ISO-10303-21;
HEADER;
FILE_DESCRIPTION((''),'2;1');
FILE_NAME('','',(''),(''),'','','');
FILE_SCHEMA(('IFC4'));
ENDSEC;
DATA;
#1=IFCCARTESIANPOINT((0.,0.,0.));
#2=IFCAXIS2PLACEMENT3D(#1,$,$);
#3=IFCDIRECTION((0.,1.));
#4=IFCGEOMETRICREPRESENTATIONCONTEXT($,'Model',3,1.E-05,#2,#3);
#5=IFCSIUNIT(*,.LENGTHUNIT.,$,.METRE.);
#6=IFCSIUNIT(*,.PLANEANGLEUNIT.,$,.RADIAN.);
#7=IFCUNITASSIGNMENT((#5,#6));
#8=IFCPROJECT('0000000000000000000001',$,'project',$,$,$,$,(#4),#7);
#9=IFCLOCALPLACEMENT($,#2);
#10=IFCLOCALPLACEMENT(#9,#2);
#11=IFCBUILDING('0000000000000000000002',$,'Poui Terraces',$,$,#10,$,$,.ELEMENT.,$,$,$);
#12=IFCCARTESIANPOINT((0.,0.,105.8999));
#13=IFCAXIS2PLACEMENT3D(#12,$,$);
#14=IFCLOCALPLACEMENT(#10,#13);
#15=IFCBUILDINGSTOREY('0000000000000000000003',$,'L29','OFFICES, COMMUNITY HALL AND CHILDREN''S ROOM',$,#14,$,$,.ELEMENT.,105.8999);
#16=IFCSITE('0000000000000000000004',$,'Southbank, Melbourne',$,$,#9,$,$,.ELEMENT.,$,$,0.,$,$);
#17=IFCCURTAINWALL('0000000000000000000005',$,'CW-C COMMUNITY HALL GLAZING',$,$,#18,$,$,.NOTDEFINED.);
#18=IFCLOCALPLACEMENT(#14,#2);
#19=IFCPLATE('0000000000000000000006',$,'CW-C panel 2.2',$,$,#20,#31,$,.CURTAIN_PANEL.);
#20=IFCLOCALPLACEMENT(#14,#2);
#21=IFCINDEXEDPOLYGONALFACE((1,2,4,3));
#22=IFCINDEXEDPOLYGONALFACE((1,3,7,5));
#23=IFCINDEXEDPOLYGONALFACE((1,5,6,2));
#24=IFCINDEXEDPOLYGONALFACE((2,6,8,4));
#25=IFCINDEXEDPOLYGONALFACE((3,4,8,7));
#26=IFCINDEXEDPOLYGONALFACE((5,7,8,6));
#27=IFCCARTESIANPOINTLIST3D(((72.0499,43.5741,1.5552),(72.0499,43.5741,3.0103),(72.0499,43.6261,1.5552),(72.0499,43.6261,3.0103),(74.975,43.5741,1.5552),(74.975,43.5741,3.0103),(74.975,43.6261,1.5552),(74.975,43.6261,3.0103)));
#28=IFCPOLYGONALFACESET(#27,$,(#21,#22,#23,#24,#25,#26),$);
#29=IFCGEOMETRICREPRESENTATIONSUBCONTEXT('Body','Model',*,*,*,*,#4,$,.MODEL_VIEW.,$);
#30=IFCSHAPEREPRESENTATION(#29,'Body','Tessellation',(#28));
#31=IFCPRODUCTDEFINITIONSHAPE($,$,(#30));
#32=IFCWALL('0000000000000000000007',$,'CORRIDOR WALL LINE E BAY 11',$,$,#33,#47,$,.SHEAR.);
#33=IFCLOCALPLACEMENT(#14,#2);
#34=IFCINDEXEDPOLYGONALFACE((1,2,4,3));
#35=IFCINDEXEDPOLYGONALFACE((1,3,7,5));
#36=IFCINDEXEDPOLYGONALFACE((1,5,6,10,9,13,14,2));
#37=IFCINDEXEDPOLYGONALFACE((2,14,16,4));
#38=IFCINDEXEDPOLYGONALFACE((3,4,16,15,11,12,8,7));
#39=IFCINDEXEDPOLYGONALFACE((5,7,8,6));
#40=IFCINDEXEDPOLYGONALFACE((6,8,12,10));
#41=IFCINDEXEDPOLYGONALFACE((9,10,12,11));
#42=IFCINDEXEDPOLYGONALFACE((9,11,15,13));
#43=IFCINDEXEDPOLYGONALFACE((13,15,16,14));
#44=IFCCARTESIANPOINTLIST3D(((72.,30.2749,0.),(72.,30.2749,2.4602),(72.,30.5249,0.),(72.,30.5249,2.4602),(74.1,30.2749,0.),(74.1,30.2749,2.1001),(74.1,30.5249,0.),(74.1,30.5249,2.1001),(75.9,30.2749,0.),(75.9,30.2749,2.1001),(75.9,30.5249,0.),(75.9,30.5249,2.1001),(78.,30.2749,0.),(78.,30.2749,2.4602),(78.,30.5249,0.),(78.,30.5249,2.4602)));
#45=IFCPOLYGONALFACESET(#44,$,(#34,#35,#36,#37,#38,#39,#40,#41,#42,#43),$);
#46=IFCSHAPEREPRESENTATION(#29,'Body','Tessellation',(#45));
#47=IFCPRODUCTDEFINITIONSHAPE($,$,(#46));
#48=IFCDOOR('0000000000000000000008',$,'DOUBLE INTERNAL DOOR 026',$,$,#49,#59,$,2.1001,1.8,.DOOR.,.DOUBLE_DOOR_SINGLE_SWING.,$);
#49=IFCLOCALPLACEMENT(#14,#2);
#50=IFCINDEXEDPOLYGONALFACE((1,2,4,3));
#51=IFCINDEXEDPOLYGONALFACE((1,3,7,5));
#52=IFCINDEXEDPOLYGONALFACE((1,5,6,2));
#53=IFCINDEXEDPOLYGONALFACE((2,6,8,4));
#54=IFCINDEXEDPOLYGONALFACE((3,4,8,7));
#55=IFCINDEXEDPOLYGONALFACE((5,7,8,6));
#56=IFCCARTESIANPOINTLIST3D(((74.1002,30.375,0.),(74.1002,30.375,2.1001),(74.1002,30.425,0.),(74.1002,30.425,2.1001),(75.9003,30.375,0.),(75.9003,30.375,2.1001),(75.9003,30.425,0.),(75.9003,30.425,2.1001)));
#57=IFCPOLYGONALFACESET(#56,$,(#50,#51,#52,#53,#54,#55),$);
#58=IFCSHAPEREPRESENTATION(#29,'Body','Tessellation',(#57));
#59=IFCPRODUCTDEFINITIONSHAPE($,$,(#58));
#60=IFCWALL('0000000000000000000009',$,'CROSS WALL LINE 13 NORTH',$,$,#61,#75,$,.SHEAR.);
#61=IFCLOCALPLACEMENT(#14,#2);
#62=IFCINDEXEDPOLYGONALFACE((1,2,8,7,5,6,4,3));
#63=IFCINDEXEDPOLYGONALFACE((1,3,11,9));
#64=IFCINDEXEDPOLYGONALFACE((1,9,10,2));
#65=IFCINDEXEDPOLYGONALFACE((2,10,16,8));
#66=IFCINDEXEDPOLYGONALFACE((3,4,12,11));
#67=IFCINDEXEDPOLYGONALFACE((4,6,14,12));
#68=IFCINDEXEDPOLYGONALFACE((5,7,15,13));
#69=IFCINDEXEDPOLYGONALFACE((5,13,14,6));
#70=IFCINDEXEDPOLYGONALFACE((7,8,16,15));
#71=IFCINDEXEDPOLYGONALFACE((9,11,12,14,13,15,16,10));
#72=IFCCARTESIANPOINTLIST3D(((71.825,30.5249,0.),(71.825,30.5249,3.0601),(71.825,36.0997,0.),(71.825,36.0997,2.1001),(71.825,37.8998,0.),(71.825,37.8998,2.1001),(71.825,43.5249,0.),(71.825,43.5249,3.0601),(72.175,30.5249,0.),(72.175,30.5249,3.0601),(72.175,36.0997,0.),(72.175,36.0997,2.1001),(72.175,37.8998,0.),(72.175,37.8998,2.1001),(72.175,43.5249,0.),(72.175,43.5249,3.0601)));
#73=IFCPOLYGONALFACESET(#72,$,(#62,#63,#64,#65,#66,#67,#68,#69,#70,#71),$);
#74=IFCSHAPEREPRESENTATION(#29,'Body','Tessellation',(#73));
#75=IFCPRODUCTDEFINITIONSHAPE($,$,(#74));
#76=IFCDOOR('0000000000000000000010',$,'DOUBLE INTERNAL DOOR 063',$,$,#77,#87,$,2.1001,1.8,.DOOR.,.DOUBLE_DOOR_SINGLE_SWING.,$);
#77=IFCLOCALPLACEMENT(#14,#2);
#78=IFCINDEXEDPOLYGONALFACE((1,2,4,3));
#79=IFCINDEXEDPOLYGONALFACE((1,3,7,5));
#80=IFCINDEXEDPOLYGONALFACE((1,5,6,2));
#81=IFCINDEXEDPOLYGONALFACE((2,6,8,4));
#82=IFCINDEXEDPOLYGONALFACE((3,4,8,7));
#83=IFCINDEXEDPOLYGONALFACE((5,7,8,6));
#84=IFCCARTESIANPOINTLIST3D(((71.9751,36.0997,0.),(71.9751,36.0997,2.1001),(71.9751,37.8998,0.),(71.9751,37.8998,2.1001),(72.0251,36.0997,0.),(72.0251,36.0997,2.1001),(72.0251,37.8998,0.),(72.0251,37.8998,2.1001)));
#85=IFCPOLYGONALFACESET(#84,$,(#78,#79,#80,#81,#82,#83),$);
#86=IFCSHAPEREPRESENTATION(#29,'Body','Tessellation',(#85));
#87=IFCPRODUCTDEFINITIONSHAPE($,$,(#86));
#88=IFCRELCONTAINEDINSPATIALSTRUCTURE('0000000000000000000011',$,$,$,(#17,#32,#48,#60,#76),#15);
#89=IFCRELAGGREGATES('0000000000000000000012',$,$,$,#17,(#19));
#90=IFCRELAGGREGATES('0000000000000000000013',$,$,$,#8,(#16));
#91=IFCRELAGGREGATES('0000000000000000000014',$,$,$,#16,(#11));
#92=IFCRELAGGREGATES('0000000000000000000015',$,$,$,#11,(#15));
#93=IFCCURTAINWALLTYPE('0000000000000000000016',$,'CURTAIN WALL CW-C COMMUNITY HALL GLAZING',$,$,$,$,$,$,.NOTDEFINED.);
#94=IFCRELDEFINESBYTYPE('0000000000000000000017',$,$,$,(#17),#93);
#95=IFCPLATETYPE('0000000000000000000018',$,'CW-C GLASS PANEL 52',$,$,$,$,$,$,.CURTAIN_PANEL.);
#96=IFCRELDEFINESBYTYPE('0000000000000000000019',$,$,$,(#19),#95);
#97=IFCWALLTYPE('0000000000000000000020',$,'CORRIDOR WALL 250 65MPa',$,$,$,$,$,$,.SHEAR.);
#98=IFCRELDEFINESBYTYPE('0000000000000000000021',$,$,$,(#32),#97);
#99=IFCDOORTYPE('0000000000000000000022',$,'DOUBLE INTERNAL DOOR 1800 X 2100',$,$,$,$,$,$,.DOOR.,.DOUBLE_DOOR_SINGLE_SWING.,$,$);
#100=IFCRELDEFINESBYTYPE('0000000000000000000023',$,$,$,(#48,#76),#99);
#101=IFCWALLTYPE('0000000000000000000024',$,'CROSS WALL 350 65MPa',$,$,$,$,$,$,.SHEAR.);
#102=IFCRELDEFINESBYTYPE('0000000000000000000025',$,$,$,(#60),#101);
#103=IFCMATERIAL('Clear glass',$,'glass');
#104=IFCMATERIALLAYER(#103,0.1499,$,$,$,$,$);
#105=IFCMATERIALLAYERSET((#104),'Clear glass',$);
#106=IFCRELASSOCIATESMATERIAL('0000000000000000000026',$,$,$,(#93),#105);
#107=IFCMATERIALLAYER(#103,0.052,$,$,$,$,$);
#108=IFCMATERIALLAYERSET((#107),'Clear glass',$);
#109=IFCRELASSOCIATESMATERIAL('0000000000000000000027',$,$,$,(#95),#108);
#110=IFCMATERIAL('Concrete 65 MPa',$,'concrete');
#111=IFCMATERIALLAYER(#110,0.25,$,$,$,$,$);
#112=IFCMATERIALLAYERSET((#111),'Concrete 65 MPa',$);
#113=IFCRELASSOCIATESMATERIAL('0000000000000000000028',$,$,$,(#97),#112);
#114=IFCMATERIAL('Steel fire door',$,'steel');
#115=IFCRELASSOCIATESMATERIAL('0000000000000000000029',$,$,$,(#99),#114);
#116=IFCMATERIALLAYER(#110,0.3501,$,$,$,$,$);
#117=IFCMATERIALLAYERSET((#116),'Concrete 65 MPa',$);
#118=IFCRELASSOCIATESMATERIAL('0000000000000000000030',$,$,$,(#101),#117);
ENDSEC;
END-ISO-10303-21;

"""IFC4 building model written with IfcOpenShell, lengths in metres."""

from ifc_helpers import new_model, si_unit, direction, frame, frame_2d, origin, origin_2d, place, context, subcontext, project, spatial, rectangle, extrude, material, layer, layer_set, type_object, element, fill, aggregate, save


model = new_model("IFC4")

# Units and contexts
model_context = context("Model", 3, precision=1e-05, world=origin(), true_north=direction((0.0, 1.0)))
body_context = subcontext(model_context, "Body", "Model", "MODEL_VIEW")
ifc_project = project(units=[si_unit("LENGTHUNIT", "METRE"), si_unit("PLANEANGLEUNIT", "RADIAN")], contexts=[model_context])

# Site, building, storey
site_placement = place(None, origin())
site = spatial("IfcSite", under=ifc_project, at=site_placement, Name="Southbank, Melbourne", CompositionType="ELEMENT", RefElevation=0.0)
building_placement = place(site_placement, origin())
building = spatial("IfcBuilding", under=site, at=building_placement, Name="Poui Terraces", CompositionType="ELEMENT")
storey_placement = place(building_placement, frame((0.0, 0.0, 105.8999)))
storey = spatial("IfcBuildingStorey", under=building, at=storey_placement, Name="L29", Description="OFFICES, COMMUNITY HALL AND CHILDREN'S ROOM", CompositionType="ELEMENT", Elevation=105.8999)

# Shared definitions
ifc_material_1 = material(Name="Clear glass", Category="glass")
ifc_layer_1 = layer(ifc_material_1, 0.1499)
ifc_layer_set_1 = layer_set([ifc_layer_1], Name="Clear glass")
curtain_wall_type = type_object("IfcCurtainWallType", Name="CURTAIN WALL CW-C COMMUNITY HALL GLAZING", PredefinedType="NOTDEFINED", material=ifc_layer_set_1)

# Curtain wall
curtain_wall_1_placement = place(storey_placement, origin())
curtain_wall_1 = element("IfcCurtainWall", 1, at=curtain_wall_1_placement, inside=storey, type_object=curtain_wall_type, Name="CW-C COMMUNITY HALL GLAZING", PredefinedType="NOTDEFINED")

# Shared definitions
ifc_material_2 = material(Name="Concrete 65 MPa", Category="concrete")

# Plate
ifc_layer_2 = layer(ifc_material_1, 0.052)
ifc_layer_set_2 = layer_set([ifc_layer_2], Name="Clear glass")
plate_type = type_object("IfcPlateType", Name="CW-C GLASS PANEL 52", PredefinedType="CURTAIN_PANEL", material=ifc_layer_set_2)
plate_1_placement = place(storey_placement, frame((73.5125, 43.6001, 1.5552), z_axis=(0.0, 0.0, 1.0), x_axis=(-1.0, 0.0, 0.0)))
plate_1 = element("IfcPlate", 2, at=plate_1_placement, type_object=plate_type, Name="CW-C panel 2.2", PredefinedType="CURTAIN_PANEL", context=body_context, shape_type="SweptSolid", body=[
    extrude(rectangle(XDim=2.925, YDim=0.052, at=origin_2d()), origin(), (0.0, 0.0, 1.0), 1.4551),
])
aggregate(curtain_wall_1, [plate_1])

# Walls, openings, doors
ifc_layer_3 = layer(ifc_material_2, 0.25)
ifc_layer_set_3 = layer_set([ifc_layer_3], Name="Concrete 65 MPa")
wall_type_1 = type_object("IfcWallType", Name="CORRIDOR WALL 250 65MPa", PredefinedType="SHEAR", material=ifc_layer_set_3)
wall_1_placement = place(storey_placement, frame((72.0, 30.3999, 0.0), z_axis=(0.0, 0.0, 1.0), x_axis=(1.0, 0.0, 0.0)))
wall_1 = element("IfcWall", 3, at=wall_1_placement, inside=storey, type_object=wall_type_1, Name="CORRIDOR WALL LINE E BAY 11", PredefinedType="SHEAR", context=body_context, shape_type="SweptSolid", body=[
    extrude(rectangle(XDim=6.0, YDim=0.25, at=frame_2d((3.0, 0.0))), origin(), (0.0, 0.0, 1.0), 2.4602),
])
opening_1_placement = place(wall_1_placement, frame((2.1001, 0.0, 0.0)))
opening_1 = element("IfcOpeningElement", 4, at=opening_1_placement, cuts=wall_1, PredefinedType="OPENING", context=body_context, shape_type="SweptSolid", body=[
    extrude(rectangle(XDim=1.8, YDim=2.1001, at=frame_2d((0.8999, 1.05))), frame((0.0, 0.135, 0.0), z_axis=(0.0, -1.0, 0.0), x_axis=(1.0, 0.0, 0.0)), (0.0, 0.0, 1.0), 0.27),
])
ifc_material_3 = material(Name="Steel fire door", Category="steel")
door_type = type_object("IfcDoorType", Name="DOUBLE INTERNAL DOOR 1800 X 2100", OperationType="DOUBLE_DOOR_SINGLE_SWING", PredefinedType="DOOR", material=ifc_material_3)
door_1_placement = place(opening_1_placement, frame((1.8, 0.0, 0.0), z_axis=(0.0, 0.0, 1.0), x_axis=(-1.0, 0.0, 0.0)))
door_1 = element("IfcDoor", 5, at=door_1_placement, inside=storey, type_object=door_type, Name="DOUBLE INTERNAL DOOR 026", OperationType="DOUBLE_DOOR_SINGLE_SWING", OverallHeight=2.1001, OverallWidth=1.8, PredefinedType="DOOR", context=body_context, shape_type="SweptSolid", body=[
    extrude(rectangle(XDim=1.8, YDim=2.1001, at=frame_2d((0.8999, 1.05))), frame((0.0, 0.0249, 0.0), z_axis=(0.0, -1.0, 0.0), x_axis=(1.0, 0.0, 0.0)), (0.0, 0.0, 1.0), 0.05),
])
fill(opening_1, door_1)
ifc_layer_4 = layer(ifc_material_2, 0.3501)
ifc_layer_set_4 = layer_set([ifc_layer_4], Name="Concrete 65 MPa")
wall_type_2 = type_object("IfcWallType", Name="CROSS WALL 350 65MPa", PredefinedType="SHEAR", material=ifc_layer_set_4)
wall_2_placement = place(storey_placement, frame((72.0, 30.5249, 0.0), z_axis=(0.0, 0.0, 1.0), x_axis=(0.0, 1.0, 0.0)))
wall_2 = element("IfcWall", 6, at=wall_2_placement, inside=storey, type_object=wall_type_2, Name="CROSS WALL LINE 13 NORTH", PredefinedType="SHEAR", context=body_context, shape_type="SweptSolid", body=[
    extrude(rectangle(XDim=13.0, YDim=0.3501, at=frame_2d((6.5, 0.0))), origin(), (0.0, 0.0, 1.0), 3.0601),
])
opening_2_placement = place(wall_2_placement, frame((5.575, 0.0, 0.0)))
opening_2 = element("IfcOpeningElement", 7, at=opening_2_placement, cuts=wall_2, PredefinedType="OPENING", context=body_context, shape_type="SweptSolid", body=[
    extrude(rectangle(XDim=1.8, YDim=2.1001, at=frame_2d((0.8999, 1.05))), frame((0.0, 0.1851, 0.0), z_axis=(0.0, -1.0, 0.0), x_axis=(1.0, 0.0, 0.0)), (0.0, 0.0, 1.0), 0.3701),
])
door_2_placement = place(opening_2_placement, origin())
door_2 = element("IfcDoor", 8, at=door_2_placement, inside=storey, type_object=door_type, Name="DOUBLE INTERNAL DOOR 063", OperationType="DOUBLE_DOOR_SINGLE_SWING", OverallHeight=2.1001, OverallWidth=1.8, PredefinedType="DOOR", context=body_context, shape_type="SweptSolid", body=[
    extrude(rectangle(XDim=1.8, YDim=2.1001, at=frame_2d((0.8999, 1.05))), frame((0.0, 0.0249, 0.0), z_axis=(0.0, -1.0, 0.0), x_axis=(1.0, 0.0, 0.0)), (0.0, 0.0, 1.0), 0.05),
])
fill(opening_2, door_2)

save(model, "model.ifc")
